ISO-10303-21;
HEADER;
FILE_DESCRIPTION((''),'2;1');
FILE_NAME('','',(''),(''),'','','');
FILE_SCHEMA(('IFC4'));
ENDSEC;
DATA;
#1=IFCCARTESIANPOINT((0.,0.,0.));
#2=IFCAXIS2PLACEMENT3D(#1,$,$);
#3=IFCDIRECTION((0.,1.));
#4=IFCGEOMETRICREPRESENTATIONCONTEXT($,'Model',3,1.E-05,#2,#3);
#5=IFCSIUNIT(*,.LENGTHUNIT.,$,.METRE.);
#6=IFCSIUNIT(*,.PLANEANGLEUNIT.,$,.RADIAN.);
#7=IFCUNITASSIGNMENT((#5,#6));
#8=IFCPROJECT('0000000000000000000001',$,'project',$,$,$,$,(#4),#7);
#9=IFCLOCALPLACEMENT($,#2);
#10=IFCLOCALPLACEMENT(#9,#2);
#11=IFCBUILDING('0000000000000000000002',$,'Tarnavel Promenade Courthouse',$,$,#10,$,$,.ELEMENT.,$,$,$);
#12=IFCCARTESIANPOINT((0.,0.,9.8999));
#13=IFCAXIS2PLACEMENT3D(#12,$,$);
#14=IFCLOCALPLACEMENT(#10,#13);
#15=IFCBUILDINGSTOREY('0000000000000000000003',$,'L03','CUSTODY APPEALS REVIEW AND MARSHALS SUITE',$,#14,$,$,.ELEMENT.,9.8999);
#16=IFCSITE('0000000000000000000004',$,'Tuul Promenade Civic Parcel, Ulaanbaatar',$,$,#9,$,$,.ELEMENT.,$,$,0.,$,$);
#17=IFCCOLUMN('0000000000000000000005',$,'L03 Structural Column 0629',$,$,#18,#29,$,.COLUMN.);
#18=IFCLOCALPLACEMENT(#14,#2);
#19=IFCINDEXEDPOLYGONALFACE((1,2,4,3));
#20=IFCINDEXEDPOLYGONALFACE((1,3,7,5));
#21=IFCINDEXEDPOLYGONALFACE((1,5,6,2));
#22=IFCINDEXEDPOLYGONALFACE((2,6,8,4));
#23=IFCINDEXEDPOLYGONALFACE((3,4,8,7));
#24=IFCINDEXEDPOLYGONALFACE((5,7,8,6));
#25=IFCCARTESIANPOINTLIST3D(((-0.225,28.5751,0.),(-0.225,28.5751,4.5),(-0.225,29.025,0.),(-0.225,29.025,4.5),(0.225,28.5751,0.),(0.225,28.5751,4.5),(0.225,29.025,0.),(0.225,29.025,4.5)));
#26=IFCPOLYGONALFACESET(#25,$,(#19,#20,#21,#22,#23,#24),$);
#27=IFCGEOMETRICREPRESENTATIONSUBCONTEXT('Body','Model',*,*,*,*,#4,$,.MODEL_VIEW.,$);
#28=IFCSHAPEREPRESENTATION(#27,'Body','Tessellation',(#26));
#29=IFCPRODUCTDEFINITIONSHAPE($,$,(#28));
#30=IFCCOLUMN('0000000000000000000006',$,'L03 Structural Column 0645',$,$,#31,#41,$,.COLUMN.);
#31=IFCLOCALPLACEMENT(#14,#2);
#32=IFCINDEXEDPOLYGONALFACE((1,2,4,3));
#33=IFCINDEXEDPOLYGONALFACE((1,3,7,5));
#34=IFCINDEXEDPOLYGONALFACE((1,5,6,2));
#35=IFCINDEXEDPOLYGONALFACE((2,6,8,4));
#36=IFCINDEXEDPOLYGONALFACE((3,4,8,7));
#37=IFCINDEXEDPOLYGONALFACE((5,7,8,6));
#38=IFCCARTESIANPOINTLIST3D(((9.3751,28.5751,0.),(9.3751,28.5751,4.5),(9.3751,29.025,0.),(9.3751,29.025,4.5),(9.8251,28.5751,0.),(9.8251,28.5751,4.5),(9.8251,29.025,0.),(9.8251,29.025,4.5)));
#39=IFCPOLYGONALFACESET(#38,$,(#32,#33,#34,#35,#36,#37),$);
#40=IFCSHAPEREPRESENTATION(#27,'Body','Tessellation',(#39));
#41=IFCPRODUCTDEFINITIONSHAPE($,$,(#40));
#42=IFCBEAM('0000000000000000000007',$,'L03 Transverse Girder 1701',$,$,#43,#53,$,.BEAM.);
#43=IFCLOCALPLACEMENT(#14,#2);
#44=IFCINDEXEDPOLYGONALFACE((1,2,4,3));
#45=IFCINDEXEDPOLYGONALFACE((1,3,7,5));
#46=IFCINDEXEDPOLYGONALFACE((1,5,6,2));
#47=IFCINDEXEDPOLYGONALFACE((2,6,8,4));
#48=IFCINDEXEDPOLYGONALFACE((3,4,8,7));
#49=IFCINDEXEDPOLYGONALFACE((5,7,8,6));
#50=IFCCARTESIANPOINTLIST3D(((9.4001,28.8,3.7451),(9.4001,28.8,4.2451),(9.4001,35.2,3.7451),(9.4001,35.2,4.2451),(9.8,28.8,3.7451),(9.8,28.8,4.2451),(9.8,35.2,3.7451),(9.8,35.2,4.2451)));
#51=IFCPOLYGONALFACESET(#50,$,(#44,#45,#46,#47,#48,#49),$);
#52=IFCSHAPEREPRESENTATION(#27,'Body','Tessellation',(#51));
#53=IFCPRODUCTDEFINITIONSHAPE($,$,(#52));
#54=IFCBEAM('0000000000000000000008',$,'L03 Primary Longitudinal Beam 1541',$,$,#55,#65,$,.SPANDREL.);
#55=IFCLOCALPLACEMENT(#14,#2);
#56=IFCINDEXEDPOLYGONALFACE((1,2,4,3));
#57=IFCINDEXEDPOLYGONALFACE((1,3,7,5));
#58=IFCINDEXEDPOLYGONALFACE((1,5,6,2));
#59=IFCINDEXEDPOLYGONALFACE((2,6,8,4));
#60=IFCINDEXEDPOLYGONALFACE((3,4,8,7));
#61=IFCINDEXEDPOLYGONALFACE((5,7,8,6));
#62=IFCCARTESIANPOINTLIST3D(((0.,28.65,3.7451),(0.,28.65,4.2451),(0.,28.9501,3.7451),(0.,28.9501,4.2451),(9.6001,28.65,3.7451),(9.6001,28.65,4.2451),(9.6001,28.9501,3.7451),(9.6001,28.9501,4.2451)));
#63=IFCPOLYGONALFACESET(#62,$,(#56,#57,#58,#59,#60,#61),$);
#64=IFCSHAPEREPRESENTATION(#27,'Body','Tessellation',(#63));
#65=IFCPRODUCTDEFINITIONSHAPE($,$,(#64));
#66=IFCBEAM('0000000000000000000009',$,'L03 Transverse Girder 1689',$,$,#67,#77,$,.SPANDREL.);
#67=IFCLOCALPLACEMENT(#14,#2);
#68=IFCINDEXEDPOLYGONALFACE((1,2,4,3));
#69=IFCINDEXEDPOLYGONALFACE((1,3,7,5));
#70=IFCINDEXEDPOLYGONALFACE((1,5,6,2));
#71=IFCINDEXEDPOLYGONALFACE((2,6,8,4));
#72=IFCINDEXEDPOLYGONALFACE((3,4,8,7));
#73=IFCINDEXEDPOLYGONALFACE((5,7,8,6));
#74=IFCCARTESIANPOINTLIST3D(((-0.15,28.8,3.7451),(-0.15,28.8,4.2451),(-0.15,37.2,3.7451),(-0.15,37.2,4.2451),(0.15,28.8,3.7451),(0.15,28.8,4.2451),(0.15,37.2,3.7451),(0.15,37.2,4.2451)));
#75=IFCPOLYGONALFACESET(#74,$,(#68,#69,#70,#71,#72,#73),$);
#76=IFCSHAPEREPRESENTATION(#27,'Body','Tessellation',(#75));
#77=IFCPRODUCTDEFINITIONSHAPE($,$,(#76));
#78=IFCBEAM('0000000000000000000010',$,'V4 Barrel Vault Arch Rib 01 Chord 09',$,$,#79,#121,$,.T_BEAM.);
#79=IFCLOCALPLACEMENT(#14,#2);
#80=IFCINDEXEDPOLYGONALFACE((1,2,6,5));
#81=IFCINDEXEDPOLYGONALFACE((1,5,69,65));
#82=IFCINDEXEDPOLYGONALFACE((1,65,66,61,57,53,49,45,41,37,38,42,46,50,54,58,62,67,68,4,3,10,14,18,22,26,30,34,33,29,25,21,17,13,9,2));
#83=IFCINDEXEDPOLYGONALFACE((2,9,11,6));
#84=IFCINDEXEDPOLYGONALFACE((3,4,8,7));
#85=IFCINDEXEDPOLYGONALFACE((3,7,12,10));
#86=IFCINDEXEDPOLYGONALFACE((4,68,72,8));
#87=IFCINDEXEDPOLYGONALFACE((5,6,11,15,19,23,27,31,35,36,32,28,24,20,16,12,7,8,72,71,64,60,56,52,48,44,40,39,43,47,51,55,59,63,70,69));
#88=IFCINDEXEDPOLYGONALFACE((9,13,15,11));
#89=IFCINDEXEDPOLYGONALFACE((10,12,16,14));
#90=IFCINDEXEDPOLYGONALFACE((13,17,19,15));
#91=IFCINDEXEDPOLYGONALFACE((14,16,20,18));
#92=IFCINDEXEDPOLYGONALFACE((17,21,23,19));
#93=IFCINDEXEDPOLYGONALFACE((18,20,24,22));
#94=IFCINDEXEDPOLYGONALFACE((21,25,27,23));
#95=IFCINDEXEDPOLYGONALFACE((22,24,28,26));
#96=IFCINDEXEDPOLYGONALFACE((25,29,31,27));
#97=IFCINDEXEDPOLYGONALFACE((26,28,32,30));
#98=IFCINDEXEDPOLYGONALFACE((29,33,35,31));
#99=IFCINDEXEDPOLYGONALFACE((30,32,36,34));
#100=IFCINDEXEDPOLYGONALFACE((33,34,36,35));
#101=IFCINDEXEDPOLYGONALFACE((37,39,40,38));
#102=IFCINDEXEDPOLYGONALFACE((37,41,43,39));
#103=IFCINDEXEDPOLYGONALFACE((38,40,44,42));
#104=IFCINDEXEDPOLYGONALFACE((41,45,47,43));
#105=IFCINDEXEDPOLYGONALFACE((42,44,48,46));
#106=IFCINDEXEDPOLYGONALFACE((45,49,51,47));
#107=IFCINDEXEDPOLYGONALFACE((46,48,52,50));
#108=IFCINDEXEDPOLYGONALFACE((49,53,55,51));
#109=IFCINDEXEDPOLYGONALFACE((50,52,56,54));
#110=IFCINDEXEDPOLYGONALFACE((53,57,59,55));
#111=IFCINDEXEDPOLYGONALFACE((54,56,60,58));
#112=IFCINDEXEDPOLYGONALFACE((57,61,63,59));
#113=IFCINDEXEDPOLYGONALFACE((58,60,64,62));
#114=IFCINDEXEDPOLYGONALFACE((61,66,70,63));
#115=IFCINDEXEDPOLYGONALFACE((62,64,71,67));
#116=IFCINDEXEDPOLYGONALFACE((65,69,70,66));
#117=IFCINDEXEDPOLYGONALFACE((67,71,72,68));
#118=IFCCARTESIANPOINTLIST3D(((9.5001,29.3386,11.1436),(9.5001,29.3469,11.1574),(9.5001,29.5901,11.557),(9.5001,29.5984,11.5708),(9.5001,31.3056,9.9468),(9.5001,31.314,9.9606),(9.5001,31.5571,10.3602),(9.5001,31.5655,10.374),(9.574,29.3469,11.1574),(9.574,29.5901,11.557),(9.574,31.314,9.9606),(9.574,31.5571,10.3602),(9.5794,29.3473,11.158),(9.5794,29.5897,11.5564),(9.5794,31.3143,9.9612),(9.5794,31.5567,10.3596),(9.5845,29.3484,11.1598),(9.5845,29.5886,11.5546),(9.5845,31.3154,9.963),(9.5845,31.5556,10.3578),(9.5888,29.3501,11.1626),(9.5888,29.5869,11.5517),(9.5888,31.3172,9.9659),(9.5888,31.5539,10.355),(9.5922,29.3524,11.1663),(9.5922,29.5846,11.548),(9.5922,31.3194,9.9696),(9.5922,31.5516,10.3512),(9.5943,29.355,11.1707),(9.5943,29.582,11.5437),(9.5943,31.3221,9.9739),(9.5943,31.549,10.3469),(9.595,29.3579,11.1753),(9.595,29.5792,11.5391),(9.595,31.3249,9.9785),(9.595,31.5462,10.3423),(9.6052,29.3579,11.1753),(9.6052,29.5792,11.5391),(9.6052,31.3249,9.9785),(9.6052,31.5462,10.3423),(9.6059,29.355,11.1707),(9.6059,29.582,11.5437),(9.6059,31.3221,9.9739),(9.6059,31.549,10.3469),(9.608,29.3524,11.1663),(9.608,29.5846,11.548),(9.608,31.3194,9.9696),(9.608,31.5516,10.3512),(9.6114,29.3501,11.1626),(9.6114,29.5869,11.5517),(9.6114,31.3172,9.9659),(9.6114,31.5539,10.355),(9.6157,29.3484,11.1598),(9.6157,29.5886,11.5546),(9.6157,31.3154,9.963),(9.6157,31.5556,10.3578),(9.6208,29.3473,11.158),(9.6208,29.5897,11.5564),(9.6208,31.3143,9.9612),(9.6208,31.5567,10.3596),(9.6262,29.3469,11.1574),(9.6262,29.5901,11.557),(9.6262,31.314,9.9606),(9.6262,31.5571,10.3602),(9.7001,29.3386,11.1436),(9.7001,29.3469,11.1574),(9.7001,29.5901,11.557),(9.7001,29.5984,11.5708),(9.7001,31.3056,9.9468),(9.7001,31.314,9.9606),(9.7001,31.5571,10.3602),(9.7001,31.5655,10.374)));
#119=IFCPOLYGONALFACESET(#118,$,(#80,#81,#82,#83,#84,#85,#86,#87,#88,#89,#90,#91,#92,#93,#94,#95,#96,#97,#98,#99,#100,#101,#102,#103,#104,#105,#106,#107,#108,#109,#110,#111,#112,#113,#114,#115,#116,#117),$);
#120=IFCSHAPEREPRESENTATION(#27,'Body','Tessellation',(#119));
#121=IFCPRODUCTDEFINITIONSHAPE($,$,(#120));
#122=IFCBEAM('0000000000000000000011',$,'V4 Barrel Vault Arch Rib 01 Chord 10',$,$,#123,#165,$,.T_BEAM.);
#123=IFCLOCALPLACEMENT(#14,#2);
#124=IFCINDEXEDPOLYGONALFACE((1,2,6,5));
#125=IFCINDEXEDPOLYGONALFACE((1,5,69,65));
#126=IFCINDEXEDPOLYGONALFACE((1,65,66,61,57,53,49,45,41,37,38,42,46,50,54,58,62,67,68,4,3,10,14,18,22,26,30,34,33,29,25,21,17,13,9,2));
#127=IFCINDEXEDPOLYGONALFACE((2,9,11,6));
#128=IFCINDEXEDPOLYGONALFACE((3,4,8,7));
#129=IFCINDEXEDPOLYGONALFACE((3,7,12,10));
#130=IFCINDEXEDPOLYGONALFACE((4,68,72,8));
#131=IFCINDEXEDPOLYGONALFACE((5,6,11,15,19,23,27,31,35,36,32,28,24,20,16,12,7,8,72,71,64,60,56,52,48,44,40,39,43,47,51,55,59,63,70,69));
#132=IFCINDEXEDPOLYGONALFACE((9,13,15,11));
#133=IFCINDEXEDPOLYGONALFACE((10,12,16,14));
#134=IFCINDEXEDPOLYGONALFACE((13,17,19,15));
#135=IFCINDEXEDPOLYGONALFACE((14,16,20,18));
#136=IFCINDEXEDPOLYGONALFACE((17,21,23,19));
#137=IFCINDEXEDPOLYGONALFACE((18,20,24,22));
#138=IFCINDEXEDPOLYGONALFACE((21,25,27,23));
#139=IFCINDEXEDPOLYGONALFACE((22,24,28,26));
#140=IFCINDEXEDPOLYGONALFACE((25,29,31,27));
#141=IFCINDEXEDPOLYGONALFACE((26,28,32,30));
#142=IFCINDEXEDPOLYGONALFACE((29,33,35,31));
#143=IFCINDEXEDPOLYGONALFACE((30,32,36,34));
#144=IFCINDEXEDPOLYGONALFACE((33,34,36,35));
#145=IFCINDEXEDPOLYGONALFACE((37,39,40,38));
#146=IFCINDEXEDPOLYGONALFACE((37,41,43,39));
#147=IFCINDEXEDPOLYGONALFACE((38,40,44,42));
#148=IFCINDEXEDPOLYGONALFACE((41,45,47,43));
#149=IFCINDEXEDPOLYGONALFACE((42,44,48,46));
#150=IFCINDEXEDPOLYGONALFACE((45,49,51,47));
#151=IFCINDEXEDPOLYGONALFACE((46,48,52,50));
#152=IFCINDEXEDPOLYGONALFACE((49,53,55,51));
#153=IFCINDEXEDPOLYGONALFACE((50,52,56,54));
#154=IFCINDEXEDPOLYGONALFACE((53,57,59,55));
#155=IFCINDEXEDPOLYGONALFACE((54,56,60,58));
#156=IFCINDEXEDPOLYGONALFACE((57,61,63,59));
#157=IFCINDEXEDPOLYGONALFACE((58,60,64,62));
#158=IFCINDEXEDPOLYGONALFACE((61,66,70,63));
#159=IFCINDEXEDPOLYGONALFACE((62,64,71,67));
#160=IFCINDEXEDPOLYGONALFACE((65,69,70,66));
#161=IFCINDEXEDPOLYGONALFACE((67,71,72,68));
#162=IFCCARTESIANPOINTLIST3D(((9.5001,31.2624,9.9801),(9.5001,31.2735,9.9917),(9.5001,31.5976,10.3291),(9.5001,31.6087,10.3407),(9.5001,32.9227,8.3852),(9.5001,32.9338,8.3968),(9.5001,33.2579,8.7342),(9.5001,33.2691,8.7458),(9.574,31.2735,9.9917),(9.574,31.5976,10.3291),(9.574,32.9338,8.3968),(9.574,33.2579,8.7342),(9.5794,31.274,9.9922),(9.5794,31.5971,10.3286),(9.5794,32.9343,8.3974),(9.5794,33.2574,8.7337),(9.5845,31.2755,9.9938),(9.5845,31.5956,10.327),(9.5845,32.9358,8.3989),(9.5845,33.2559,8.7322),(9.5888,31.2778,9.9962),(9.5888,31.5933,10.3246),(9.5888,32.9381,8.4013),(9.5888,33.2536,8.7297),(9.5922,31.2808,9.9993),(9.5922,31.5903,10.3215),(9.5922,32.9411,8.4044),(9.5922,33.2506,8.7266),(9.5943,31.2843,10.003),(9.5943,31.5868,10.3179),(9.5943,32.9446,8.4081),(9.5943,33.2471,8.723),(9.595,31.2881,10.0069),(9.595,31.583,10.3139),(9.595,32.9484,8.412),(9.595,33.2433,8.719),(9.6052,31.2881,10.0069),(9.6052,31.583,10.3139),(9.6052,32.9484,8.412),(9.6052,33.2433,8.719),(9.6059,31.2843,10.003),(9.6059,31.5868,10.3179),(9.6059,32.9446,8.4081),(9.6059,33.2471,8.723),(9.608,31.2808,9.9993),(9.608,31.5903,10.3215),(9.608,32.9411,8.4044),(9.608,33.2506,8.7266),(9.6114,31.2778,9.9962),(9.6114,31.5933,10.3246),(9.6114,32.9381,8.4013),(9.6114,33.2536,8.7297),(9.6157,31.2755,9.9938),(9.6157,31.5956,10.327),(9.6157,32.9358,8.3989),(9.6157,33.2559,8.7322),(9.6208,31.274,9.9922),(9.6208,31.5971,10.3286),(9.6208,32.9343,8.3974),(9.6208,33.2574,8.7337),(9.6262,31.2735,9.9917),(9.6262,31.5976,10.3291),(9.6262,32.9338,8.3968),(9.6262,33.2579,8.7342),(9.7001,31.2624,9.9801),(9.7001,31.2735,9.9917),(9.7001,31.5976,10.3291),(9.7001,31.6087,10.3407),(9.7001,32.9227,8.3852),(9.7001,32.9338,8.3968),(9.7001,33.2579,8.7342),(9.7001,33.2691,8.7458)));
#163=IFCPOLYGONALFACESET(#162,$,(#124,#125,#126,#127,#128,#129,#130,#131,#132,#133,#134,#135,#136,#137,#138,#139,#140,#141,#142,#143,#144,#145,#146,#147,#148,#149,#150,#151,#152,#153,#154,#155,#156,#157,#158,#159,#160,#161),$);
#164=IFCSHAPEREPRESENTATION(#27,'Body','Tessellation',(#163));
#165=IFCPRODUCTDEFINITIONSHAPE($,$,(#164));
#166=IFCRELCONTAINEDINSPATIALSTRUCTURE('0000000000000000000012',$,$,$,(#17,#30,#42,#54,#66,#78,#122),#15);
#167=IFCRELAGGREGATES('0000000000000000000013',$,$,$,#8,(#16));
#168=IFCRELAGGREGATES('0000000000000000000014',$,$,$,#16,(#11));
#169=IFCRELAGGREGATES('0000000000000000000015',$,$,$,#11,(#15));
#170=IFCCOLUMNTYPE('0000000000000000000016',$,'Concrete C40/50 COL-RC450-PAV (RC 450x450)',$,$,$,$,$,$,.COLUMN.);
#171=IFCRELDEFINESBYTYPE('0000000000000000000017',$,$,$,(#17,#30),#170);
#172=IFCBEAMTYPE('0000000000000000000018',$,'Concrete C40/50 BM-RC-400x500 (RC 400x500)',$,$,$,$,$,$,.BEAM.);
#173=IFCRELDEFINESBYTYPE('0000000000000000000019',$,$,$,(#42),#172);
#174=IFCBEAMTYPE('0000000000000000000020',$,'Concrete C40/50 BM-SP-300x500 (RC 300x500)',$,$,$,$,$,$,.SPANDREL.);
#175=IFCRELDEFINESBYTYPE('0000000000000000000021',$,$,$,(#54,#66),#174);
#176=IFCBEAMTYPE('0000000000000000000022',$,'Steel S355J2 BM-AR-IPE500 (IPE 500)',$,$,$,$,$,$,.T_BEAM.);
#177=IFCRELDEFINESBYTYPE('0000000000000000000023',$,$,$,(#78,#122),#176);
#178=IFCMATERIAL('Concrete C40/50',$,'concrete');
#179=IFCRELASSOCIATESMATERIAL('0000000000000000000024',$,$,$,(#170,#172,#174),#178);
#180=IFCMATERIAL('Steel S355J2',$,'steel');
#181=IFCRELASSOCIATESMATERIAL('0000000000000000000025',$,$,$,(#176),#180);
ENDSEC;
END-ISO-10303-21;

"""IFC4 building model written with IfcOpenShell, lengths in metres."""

from ifc_helpers import new_model, si_unit, direction, frame, origin, origin_2d, place, context, subcontext, project, spatial, rectangle, i_section, extrude, material, material_profile, profile_set, type_object, element, save


model = new_model("IFC4")

# Units and contexts
model_context = context("Model", 3, precision=1e-05, world=origin(), true_north=direction((0.0, 1.0)))
body_context = subcontext(model_context, "Body", "Model", "MODEL_VIEW")
ifc_project = project(units=[si_unit("LENGTHUNIT", "METRE"), si_unit("PLANEANGLEUNIT", "RADIAN")], contexts=[model_context])

# Site, building, storey
site_placement = place(None, origin())
site = spatial("IfcSite", under=ifc_project, at=site_placement, Name="Tuul Promenade Civic Parcel, Ulaanbaatar", CompositionType="ELEMENT", RefElevation=0.0)
building_placement = place(site_placement, origin())
building = spatial("IfcBuilding", under=site, at=building_placement, Name="Tarnavel Promenade Courthouse", CompositionType="ELEMENT")
storey_placement = place(building_placement, frame((0.0, 0.0, 9.8999)))
storey = spatial("IfcBuildingStorey", under=building, at=storey_placement, Name="L03", Description="CUSTODY APPEALS REVIEW AND MARSHALS SUITE", CompositionType="ELEMENT", Elevation=9.8999)

# Columns
ifc_material_1 = material(Name="Concrete C40/50", Category="concrete")
ifc_material_profile_1 = material_profile(ifc_material_1, rectangle(XDim=0.45, YDim=0.45, at=origin_2d()), Name="RC 450x450")
ifc_profile_set_1 = profile_set([ifc_material_profile_1], Name="Concrete C40/50")
column_type = type_object("IfcColumnType", Name="Concrete C40/50 COL-RC450-PAV (RC 450x450)", PredefinedType="COLUMN", material=ifc_profile_set_1)
for number, where, z_axis, x_axis, name in (
    (1, (0.0, 28.8, 0.0), (0.0, 0.0, 1.0), (1.0, 0.0, 0.0), "L03 Structural Column 0629"),
    (2, (9.6001, 28.8, 0.0), (0.0, 0.0, 1.0), (1.0, 0.0, 0.0), "L03 Structural Column 0645"),
):
    element("IfcColumn", number, at=place(storey_placement, frame(where, z_axis=z_axis, x_axis=x_axis)), inside=storey, type_object=column_type, Name=name, PredefinedType="COLUMN", context=body_context, shape_type="SweptSolid", body=[
        extrude(rectangle(XDim=0.45, YDim=0.45, at=origin_2d()), origin(), (0.0, 0.0, 1.0), 4.5),
    ])

# Beams
ifc_material_profile_2 = material_profile(ifc_material_1, rectangle(XDim=0.3999, YDim=0.5, at=origin_2d()), Name="RC 400x500")
ifc_profile_set_2 = profile_set([ifc_material_profile_2], Name="Concrete C40/50")
beam_type_1 = type_object("IfcBeamType", Name="Concrete C40/50 BM-RC-400x500 (RC 400x500)", PredefinedType="BEAM", material=ifc_profile_set_2)
beam_1_placement = place(storey_placement, frame((9.6001, 28.8, 3.9951), z_axis=(0.0, 1.0, 0.0), x_axis=(-1.0, 0.0, 0.0)))
element("IfcBeam", 3, at=beam_1_placement, inside=storey, type_object=beam_type_1, Name="L03 Transverse Girder 1701", PredefinedType="BEAM", context=body_context, shape_type="SweptSolid", body=[
    extrude(rectangle(XDim=0.3999, YDim=0.5, at=origin_2d()), origin(), (0.0, 0.0, 1.0), 6.3999),
])
ifc_material_profile_3 = material_profile(ifc_material_1, rectangle(XDim=0.3, YDim=0.5, at=origin_2d()), Name="RC 300x500")
ifc_profile_set_3 = profile_set([ifc_material_profile_3], Name="Concrete C40/50")
beam_type_2 = type_object("IfcBeamType", Name="Concrete C40/50 BM-SP-300x500 (RC 300x500)", PredefinedType="SPANDREL", material=ifc_profile_set_3)
beam_2_placement = place(storey_placement, frame((0.0, 28.8, 3.9951), z_axis=(1.0, 0.0, 0.0), x_axis=(0.0, 1.0, 0.0)))
element("IfcBeam", 4, at=beam_2_placement, inside=storey, type_object=beam_type_2, Name="L03 Primary Longitudinal Beam 1541", PredefinedType="SPANDREL", context=body_context, shape_type="SweptSolid", body=[
    extrude(rectangle(XDim=0.3, YDim=0.5, at=origin_2d()), origin(), (0.0, 0.0, 1.0), 9.6001),
])
beam_3_placement = place(storey_placement, frame((0.0, 28.8, 3.9951), z_axis=(0.0, 1.0, 0.0), x_axis=(-1.0, 0.0, 0.0)))
element("IfcBeam", 5, at=beam_3_placement, inside=storey, type_object=beam_type_2, Name="L03 Transverse Girder 1689", PredefinedType="SPANDREL", context=body_context, shape_type="SweptSolid", body=[
    extrude(rectangle(XDim=0.3, YDim=0.5, at=origin_2d()), origin(), (0.0, 0.0, 1.0), 8.3999),
])
ifc_material_2 = material(Name="Steel S355J2", Category="steel")
ifc_material_profile_4 = material_profile(ifc_material_2, i_section(OverallWidth=0.2, OverallDepth=0.5, WebThickness=0.0103, FlangeThickness=0.0161, FilletRadius=0.021, at=origin_2d()), Name="IPE 500")
ifc_profile_set_4 = profile_set([ifc_material_profile_4], Name="Steel S355J2")
beam_type_3 = type_object("IfcBeamType", Name="Steel S355J2 BM-AR-IPE500 (IPE 500)", PredefinedType="T_BEAM", material=ifc_profile_set_4)
beam_4_placement = place(storey_placement, frame((9.6001, 29.4685, 11.3572), z_axis=(0.0, 0.854305, -0.519772), x_axis=(-1.0, 0.0, 0.0)))
element("IfcBeam", 6, at=beam_4_placement, inside=storey, type_object=beam_type_3, Name="V4 Barrel Vault Arch Rib 01 Chord 09", PredefinedType="T_BEAM", context=body_context, shape_type="SweptSolid", body=[
    extrude(i_section(OverallWidth=0.2, OverallDepth=0.5, WebThickness=0.0103, FlangeThickness=0.0161, FilletRadius=0.021, at=origin_2d()), origin(), (0.0, 0.0, 1.0), 2.3025),
])
beam_5_placement = place(storey_placement, frame((9.6001, 31.4355, 10.1604), z_axis=(0.0, 0.721173, -0.692755), x_axis=(-1.0, 0.0, 0.0)))
element("IfcBeam", 7, at=beam_5_placement, inside=storey, type_object=beam_type_3, Name="V4 Barrel Vault Arch Rib 01 Chord 10", PredefinedType="T_BEAM", context=body_context, shape_type="SweptSolid", body=[
    extrude(i_section(OverallWidth=0.2, OverallDepth=0.5, WebThickness=0.0103, FlangeThickness=0.0161, FilletRadius=0.021, at=origin_2d()), origin(), (0.0, 0.0, 1.0), 2.3022),
])

save(model, "model.ifc")
